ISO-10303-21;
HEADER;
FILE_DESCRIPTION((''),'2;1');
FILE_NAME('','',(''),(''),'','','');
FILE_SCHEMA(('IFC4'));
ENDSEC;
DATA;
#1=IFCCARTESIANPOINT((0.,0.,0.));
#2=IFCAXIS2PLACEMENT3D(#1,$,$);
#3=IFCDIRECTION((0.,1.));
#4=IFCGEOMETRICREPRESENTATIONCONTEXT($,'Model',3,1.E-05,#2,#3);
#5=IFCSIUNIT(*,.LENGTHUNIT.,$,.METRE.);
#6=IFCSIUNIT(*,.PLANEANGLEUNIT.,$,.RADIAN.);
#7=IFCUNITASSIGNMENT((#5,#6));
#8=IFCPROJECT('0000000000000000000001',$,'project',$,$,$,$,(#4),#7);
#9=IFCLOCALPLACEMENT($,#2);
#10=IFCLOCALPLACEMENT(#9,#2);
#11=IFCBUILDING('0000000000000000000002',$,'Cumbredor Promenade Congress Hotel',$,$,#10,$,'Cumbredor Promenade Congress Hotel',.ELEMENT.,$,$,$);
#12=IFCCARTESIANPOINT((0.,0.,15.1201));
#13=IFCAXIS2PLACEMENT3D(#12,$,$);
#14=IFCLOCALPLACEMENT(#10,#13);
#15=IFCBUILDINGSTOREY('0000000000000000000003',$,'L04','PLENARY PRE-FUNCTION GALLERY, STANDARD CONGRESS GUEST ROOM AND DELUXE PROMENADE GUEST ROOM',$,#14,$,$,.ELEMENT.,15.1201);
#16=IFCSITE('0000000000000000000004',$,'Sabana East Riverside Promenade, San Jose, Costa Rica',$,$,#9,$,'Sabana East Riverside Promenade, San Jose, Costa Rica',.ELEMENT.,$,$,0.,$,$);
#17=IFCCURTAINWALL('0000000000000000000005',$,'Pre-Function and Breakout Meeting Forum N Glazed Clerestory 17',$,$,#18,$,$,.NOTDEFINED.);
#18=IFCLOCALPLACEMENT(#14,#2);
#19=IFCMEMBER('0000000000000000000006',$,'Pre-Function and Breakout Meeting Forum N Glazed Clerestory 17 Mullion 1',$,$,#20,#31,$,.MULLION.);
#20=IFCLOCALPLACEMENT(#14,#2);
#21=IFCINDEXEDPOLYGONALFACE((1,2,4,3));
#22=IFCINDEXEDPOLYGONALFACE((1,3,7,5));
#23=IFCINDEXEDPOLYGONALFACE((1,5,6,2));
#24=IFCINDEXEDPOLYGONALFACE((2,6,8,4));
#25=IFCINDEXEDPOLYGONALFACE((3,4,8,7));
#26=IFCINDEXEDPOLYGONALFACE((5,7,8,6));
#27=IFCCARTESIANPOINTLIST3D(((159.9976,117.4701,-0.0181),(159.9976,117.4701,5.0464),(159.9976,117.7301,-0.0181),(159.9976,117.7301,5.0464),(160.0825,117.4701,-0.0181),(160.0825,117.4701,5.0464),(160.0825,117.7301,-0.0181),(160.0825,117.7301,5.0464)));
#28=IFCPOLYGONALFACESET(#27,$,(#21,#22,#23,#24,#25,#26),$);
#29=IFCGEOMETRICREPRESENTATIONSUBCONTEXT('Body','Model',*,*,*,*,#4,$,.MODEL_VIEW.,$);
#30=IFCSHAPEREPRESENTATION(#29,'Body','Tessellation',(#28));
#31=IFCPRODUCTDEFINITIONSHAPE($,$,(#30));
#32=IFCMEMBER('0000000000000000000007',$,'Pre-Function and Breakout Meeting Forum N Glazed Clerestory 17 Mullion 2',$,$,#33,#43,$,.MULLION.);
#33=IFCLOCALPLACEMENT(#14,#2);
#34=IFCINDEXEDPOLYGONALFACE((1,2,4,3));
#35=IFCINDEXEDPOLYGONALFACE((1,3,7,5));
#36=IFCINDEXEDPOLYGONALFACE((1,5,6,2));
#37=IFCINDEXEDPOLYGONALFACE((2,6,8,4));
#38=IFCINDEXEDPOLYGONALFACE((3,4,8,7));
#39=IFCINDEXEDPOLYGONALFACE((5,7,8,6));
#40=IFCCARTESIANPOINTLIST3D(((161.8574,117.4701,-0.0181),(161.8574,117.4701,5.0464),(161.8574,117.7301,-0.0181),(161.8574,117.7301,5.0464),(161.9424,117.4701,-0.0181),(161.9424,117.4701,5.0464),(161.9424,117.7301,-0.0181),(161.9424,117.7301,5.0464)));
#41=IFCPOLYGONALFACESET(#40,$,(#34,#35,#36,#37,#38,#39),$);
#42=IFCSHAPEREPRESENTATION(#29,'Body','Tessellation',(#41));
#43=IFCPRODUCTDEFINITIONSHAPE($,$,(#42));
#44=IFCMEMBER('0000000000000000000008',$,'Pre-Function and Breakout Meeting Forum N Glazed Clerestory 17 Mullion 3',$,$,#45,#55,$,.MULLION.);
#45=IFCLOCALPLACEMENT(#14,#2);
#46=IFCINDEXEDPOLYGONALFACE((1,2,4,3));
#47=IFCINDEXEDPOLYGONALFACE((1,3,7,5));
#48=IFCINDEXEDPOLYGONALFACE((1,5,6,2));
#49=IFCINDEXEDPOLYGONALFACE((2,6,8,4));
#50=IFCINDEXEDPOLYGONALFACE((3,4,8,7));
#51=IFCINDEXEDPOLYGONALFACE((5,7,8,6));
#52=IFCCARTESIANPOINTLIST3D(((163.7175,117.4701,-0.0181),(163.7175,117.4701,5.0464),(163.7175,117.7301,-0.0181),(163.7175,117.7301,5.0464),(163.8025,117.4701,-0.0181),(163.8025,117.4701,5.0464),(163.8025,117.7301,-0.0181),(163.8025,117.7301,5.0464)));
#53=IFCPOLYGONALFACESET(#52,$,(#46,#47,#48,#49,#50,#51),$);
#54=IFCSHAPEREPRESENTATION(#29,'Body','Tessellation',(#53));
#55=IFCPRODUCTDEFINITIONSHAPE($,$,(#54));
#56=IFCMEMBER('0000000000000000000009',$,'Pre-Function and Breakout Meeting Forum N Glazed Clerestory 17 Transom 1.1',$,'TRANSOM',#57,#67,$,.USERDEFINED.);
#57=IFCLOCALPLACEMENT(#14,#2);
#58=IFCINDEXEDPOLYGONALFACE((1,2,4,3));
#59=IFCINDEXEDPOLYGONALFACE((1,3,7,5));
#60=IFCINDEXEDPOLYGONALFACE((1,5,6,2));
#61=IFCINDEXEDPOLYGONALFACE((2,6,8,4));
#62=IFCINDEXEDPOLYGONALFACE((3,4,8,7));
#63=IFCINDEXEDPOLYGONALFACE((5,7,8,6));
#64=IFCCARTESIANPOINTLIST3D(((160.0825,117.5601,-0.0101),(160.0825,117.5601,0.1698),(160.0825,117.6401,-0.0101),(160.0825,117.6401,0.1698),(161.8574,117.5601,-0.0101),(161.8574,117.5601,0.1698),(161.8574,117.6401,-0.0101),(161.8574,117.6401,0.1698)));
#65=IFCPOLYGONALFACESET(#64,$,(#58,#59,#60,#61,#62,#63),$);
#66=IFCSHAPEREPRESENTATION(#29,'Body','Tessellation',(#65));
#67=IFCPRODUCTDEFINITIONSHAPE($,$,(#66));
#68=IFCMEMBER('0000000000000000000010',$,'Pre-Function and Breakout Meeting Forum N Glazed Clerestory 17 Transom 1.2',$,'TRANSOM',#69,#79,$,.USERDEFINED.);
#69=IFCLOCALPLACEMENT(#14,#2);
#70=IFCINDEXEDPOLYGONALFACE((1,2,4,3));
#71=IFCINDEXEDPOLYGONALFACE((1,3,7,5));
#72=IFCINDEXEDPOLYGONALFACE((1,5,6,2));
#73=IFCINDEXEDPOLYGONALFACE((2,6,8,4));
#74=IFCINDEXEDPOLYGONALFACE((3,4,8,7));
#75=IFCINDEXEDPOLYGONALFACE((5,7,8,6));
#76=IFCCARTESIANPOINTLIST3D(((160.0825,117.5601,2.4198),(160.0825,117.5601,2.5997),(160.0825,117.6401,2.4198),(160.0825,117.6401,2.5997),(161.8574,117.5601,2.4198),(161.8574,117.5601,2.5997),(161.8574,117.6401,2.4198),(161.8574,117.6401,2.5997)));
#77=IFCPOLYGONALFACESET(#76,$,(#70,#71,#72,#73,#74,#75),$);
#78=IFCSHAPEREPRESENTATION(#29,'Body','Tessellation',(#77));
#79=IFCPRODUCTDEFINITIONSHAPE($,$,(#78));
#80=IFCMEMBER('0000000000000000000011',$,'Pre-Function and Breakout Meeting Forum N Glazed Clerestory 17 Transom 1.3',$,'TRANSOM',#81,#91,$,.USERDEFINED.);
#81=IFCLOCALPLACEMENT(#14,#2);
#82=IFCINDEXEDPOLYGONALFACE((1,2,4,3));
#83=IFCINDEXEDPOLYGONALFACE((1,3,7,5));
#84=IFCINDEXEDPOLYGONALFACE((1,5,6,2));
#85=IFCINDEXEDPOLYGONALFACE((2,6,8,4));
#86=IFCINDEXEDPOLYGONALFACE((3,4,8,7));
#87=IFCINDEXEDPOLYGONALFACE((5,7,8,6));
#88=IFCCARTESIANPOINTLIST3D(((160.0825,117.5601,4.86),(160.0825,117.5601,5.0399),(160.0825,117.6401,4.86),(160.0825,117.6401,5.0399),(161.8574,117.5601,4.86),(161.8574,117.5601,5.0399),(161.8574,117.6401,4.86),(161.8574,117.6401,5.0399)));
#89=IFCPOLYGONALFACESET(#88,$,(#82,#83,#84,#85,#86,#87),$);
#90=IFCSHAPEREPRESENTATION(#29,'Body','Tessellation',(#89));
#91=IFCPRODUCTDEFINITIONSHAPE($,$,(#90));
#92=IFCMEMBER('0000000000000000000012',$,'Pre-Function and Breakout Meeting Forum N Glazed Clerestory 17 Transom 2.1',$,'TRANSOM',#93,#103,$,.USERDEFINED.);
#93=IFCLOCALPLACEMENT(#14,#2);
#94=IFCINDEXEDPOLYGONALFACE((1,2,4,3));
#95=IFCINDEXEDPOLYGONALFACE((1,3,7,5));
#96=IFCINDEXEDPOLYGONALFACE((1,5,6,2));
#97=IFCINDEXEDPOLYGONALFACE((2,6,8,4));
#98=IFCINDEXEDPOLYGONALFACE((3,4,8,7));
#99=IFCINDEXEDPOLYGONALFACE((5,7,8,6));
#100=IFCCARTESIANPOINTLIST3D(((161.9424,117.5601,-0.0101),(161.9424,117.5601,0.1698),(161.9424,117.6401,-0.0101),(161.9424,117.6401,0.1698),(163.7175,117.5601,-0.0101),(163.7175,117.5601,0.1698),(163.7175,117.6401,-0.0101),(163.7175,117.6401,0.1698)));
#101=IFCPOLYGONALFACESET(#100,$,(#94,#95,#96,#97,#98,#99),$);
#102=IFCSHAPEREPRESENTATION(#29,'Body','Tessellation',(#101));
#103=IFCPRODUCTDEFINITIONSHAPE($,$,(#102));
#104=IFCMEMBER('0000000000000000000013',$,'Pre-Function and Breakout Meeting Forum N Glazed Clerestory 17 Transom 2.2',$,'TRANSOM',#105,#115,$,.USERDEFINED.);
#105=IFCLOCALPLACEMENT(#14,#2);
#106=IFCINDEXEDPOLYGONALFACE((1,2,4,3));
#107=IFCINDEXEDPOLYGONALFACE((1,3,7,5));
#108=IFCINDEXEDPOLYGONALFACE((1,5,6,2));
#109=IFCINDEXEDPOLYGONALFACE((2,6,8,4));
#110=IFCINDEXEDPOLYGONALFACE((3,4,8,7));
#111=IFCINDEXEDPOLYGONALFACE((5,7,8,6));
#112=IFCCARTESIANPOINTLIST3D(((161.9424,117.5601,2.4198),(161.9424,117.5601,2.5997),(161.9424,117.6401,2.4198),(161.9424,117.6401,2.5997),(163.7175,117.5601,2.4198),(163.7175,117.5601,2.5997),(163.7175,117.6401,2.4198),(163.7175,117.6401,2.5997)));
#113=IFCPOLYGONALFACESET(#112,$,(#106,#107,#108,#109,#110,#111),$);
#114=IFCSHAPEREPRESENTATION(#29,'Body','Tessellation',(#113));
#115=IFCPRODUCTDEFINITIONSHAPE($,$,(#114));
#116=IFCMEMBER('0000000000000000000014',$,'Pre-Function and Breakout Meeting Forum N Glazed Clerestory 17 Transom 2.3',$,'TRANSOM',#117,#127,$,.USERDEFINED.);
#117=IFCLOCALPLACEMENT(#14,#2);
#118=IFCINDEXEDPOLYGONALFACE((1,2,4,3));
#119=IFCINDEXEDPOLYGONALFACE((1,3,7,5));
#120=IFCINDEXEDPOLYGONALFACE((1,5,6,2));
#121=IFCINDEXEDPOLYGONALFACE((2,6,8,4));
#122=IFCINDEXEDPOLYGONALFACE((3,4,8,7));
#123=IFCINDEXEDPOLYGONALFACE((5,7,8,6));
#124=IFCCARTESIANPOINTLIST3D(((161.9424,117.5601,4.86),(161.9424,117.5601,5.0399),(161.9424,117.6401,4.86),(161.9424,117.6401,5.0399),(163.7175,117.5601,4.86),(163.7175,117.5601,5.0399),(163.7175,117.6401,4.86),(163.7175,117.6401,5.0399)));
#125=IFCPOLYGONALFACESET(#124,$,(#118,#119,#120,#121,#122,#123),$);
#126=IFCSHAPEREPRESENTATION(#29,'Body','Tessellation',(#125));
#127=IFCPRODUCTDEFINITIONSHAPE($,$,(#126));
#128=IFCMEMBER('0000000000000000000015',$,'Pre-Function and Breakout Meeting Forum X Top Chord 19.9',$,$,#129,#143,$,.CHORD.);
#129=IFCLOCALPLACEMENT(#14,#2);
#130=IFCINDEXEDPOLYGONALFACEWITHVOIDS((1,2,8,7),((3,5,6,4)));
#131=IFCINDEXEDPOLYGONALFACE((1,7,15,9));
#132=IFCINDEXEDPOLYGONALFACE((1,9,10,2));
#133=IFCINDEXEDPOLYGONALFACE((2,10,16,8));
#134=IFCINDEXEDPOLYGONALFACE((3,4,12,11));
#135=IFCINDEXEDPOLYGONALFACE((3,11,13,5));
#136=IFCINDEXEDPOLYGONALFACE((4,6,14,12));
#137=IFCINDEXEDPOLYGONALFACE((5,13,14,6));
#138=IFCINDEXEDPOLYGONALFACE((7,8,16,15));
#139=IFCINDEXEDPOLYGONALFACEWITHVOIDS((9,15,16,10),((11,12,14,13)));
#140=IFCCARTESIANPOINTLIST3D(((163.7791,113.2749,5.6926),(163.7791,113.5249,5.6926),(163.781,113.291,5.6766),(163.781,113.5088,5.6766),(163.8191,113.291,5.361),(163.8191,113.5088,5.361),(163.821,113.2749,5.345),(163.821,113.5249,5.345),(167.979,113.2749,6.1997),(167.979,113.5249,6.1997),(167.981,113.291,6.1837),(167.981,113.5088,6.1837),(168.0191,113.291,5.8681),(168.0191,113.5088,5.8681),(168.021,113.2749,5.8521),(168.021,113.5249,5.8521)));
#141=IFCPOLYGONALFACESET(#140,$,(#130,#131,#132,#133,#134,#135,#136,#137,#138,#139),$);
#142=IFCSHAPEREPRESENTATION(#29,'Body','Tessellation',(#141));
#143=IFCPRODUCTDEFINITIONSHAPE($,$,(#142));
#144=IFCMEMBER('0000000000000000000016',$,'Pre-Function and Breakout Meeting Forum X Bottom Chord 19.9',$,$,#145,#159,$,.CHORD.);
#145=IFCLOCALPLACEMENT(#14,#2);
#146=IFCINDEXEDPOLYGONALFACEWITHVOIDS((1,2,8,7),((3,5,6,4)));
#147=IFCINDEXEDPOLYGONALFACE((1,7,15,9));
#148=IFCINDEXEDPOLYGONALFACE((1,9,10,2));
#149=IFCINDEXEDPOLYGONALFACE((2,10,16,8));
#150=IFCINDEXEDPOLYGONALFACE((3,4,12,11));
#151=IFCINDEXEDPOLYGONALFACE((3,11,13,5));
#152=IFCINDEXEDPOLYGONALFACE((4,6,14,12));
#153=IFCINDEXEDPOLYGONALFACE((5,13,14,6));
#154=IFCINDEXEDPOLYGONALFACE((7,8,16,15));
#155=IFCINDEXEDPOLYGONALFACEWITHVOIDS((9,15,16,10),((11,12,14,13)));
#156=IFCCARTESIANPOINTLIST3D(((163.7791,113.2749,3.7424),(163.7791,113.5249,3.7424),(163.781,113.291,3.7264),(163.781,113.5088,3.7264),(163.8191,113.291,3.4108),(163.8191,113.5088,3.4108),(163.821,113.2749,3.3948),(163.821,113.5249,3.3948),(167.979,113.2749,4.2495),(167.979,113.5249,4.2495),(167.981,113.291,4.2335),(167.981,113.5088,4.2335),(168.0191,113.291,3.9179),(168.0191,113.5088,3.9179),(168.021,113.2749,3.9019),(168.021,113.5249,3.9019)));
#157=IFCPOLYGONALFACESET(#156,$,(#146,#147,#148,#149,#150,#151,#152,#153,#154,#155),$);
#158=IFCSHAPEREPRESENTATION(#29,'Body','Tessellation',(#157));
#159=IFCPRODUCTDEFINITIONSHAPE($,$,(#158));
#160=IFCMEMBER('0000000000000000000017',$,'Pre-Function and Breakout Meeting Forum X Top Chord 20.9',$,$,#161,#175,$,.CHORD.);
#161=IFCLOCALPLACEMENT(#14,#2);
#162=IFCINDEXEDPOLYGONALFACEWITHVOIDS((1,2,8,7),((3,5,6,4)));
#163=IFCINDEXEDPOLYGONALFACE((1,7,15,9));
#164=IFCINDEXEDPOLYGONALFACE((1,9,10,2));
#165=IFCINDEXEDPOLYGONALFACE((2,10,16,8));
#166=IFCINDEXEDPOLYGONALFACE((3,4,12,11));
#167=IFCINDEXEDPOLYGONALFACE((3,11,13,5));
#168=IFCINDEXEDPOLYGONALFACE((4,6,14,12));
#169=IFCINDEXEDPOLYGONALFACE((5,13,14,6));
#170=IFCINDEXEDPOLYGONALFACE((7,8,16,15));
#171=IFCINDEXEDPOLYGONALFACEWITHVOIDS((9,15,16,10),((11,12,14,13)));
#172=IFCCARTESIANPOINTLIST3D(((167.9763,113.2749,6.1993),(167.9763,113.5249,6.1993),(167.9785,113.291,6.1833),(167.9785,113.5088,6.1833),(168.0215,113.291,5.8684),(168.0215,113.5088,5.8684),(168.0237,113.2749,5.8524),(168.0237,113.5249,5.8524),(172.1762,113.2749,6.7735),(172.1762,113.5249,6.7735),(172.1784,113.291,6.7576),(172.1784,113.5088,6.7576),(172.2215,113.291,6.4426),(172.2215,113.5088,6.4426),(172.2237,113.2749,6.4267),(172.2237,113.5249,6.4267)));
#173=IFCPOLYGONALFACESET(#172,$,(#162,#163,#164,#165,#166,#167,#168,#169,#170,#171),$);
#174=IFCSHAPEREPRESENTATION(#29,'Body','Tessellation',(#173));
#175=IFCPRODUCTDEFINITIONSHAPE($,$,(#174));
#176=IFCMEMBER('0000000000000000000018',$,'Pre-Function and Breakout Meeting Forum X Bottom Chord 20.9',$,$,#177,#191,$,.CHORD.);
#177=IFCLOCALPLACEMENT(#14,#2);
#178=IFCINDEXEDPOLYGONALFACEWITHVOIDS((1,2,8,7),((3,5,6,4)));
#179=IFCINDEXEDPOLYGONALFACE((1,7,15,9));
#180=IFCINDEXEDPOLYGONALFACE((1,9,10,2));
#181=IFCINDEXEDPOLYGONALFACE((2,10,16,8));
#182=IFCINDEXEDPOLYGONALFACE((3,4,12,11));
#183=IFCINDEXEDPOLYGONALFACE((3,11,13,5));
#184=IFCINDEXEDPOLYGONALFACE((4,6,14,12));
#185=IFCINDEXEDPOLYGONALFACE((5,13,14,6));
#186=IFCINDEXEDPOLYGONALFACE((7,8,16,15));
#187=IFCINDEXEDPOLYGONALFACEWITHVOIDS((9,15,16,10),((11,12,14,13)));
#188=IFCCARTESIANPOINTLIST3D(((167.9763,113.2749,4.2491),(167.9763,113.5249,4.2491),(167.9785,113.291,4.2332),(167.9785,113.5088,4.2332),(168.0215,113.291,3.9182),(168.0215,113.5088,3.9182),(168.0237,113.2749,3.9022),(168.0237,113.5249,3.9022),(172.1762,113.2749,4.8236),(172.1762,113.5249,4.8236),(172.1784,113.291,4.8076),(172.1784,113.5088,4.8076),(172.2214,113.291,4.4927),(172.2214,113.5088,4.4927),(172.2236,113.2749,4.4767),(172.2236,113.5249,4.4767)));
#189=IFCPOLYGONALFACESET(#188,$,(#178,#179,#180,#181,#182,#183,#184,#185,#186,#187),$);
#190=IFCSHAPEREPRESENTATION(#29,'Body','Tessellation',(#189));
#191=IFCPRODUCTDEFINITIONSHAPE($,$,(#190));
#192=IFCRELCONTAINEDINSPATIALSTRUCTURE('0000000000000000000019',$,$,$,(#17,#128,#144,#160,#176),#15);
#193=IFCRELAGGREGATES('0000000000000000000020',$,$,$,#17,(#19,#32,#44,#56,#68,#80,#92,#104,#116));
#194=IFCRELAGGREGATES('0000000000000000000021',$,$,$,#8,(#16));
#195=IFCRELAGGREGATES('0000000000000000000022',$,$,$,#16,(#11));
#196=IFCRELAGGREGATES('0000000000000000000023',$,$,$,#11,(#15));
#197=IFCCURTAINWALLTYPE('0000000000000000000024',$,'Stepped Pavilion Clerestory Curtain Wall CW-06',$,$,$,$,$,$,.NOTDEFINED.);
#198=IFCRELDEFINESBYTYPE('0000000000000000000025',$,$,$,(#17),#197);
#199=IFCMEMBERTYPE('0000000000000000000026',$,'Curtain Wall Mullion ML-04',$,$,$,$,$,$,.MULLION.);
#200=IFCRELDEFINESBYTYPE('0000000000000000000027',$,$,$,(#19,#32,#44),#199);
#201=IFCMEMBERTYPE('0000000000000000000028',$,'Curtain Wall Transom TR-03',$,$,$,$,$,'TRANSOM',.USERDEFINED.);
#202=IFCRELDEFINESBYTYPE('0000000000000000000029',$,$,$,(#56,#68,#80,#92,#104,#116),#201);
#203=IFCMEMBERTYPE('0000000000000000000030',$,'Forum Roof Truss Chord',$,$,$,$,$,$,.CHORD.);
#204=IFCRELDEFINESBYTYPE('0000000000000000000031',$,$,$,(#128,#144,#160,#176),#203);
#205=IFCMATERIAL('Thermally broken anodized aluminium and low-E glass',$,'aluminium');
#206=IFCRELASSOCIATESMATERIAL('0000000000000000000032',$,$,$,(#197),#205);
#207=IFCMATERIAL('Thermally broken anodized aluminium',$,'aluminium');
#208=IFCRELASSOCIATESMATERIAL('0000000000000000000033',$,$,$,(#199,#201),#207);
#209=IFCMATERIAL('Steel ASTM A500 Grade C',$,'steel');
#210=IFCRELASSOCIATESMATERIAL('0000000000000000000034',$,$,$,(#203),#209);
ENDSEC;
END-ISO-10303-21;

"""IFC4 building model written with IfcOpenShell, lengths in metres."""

from ifc_helpers import new_model, si_unit, direction, frame, origin, origin_2d, place, context, subcontext, project, spatial, rectangle, hollow_rectangle, extrude, material, material_profile, profile_set, type_object, element, aggregate, save


model = new_model("IFC4")

# Units and contexts
model_context = context("Model", 3, precision=1e-05, world=origin(), true_north=direction((0.0, 1.0)))
body_context = subcontext(model_context, "Body", "Model", "MODEL_VIEW")
ifc_project = project(units=[si_unit("LENGTHUNIT", "METRE"), si_unit("PLANEANGLEUNIT", "RADIAN")], contexts=[model_context])

# Site, building, storey
site_placement = place(None, origin())
site = spatial("IfcSite", under=ifc_project, at=site_placement, Name="Sabana East Riverside Promenade, San Jose, Costa Rica", LongName="Sabana East Riverside Promenade, San Jose, Costa Rica", CompositionType="ELEMENT", RefElevation=0.0)
building_placement = place(site_placement, origin())
building = spatial("IfcBuilding", under=site, at=building_placement, Name="Cumbredor Promenade Congress Hotel", LongName="Cumbredor Promenade Congress Hotel", CompositionType="ELEMENT")
storey_placement = place(building_placement, frame((0.0, 0.0, 15.1201)))
storey = spatial("IfcBuildingStorey", under=building, at=storey_placement, Name="L04", Description="PLENARY PRE-FUNCTION GALLERY, STANDARD CONGRESS GUEST ROOM AND DELUXE PROMENADE GUEST ROOM", CompositionType="ELEMENT", Elevation=15.1201)

# Curtain wall, members
ifc_material_1 = material(Name="Thermally broken anodized aluminium and low-E glass", Category="aluminium")
curtain_wall_type = type_object("IfcCurtainWallType", Name="Stepped Pavilion Clerestory Curtain Wall CW-06", PredefinedType="NOTDEFINED", material=ifc_material_1)
curtain_wall_placement = place(storey_placement, origin())
curtain_wall = element("IfcCurtainWall", 1, at=curtain_wall_placement, inside=storey, type_object=curtain_wall_type, Name="Pre-Function and Breakout Meeting Forum N Glazed Clerestory 17", PredefinedType="NOTDEFINED")
ifc_material_2 = material(Name="Thermally broken anodized aluminium", Category="aluminium")
ifc_material_profile_1 = material_profile(ifc_material_2, rectangle(XDim=0.085, YDim=0.26, at=origin_2d()), Name="ALU MULLION CLERESTORY 85x260")
ifc_profile_set_1 = profile_set([ifc_material_profile_1], Name="Thermally broken anodized aluminium")
member_type_1 = type_object("IfcMemberType", Name="Curtain Wall Mullion ML-04", PredefinedType="MULLION", material=ifc_profile_set_1)
member_1_placement = place(storey_placement, frame((160.04, 117.6001, -0.0181), z_axis=(0.0, 0.0, 1.0), x_axis=(1.0, 0.0, 0.0)))
member_1 = element("IfcMember", 2, at=member_1_placement, type_object=member_type_1, Name="Pre-Function and Breakout Meeting Forum N Glazed Clerestory 17 Mullion 1", PredefinedType="MULLION", context=body_context, shape_type="SweptSolid", body=[
    extrude(rectangle(XDim=0.085, YDim=0.26, at=origin_2d()), origin(), (0.0, 0.0, 1.0), 5.0645),
])
member_2_placement = place(storey_placement, frame((161.8999, 117.6001, -0.0181), z_axis=(0.0, 0.0, 1.0), x_axis=(1.0, 0.0, 0.0)))
member_2 = element("IfcMember", 3, at=member_2_placement, type_object=member_type_1, Name="Pre-Function and Breakout Meeting Forum N Glazed Clerestory 17 Mullion 2", PredefinedType="MULLION", context=body_context, shape_type="SweptSolid", body=[
    extrude(rectangle(XDim=0.085, YDim=0.26, at=origin_2d()), origin(), (0.0, 0.0, 1.0), 5.0645),
])
member_3_placement = place(storey_placement, frame((163.76, 117.6001, -0.0181), z_axis=(0.0, 0.0, 1.0), x_axis=(1.0, 0.0, 0.0)))
member_3 = element("IfcMember", 4, at=member_3_placement, type_object=member_type_1, Name="Pre-Function and Breakout Meeting Forum N Glazed Clerestory 17 Mullion 3", PredefinedType="MULLION", context=body_context, shape_type="SweptSolid", body=[
    extrude(rectangle(XDim=0.085, YDim=0.26, at=origin_2d()), origin(), (0.0, 0.0, 1.0), 5.0645),
])
ifc_material_profile_2 = material_profile(ifc_material_2, rectangle(XDim=0.0801, YDim=0.1799, at=origin_2d()), Name="ALU TRANSOM 80x180")
ifc_profile_set_2 = profile_set([ifc_material_profile_2], Name="Thermally broken anodized aluminium")
member_type_2 = type_object("IfcMemberType", Name="Curtain Wall Transom TR-03", ElementType="TRANSOM", PredefinedType="USERDEFINED", material=ifc_profile_set_2)
member_4_placement = place(storey_placement, frame((160.0825, 117.6001, 0.0798), z_axis=(1.0, 0.0, 0.0), x_axis=(0.0, 1.0, 0.0)))
member_4 = element("IfcMember", 5, at=member_4_placement, type_object=member_type_2, Name="Pre-Function and Breakout Meeting Forum N Glazed Clerestory 17 Transom 1.1", ObjectType="TRANSOM", PredefinedType="USERDEFINED", context=body_context, shape_type="SweptSolid", body=[
    extrude(rectangle(XDim=0.0801, YDim=0.1799, at=origin_2d()), origin(), (0.0, 0.0, 1.0), 1.7749),
])
member_5_placement = place(storey_placement, frame((160.0825, 117.6001, 2.5098), z_axis=(1.0, 0.0, 0.0), x_axis=(0.0, 1.0, 0.0)))
member_5 = element("IfcMember", 6, at=member_5_placement, type_object=member_type_2, Name="Pre-Function and Breakout Meeting Forum N Glazed Clerestory 17 Transom 1.2", ObjectType="TRANSOM", PredefinedType="USERDEFINED", context=body_context, shape_type="SweptSolid", body=[
    extrude(rectangle(XDim=0.0801, YDim=0.1799, at=origin_2d()), origin(), (0.0, 0.0, 1.0), 1.7749),
])
member_6_placement = place(storey_placement, frame((160.0825, 117.6001, 4.95), z_axis=(1.0, 0.0, 0.0), x_axis=(0.0, 1.0, 0.0)))
member_6 = element("IfcMember", 7, at=member_6_placement, type_object=member_type_2, Name="Pre-Function and Breakout Meeting Forum N Glazed Clerestory 17 Transom 1.3", ObjectType="TRANSOM", PredefinedType="USERDEFINED", context=body_context, shape_type="SweptSolid", body=[
    extrude(rectangle(XDim=0.0801, YDim=0.1799, at=origin_2d()), origin(), (0.0, 0.0, 1.0), 1.7749),
])
member_7_placement = place(storey_placement, frame((161.9424, 117.6001, 0.0798), z_axis=(1.0, 0.0, 0.0), x_axis=(0.0, 1.0, 0.0)))
member_7 = element("IfcMember", 8, at=member_7_placement, type_object=member_type_2, Name="Pre-Function and Breakout Meeting Forum N Glazed Clerestory 17 Transom 2.1", ObjectType="TRANSOM", PredefinedType="USERDEFINED", context=body_context, shape_type="SweptSolid", body=[
    extrude(rectangle(XDim=0.0801, YDim=0.1799, at=origin_2d()), origin(), (0.0, 0.0, 1.0), 1.7751),
])
member_8_placement = place(storey_placement, frame((161.9424, 117.6001, 2.5098), z_axis=(1.0, 0.0, 0.0), x_axis=(0.0, 1.0, 0.0)))
member_8 = element("IfcMember", 9, at=member_8_placement, type_object=member_type_2, Name="Pre-Function and Breakout Meeting Forum N Glazed Clerestory 17 Transom 2.2", ObjectType="TRANSOM", PredefinedType="USERDEFINED", context=body_context, shape_type="SweptSolid", body=[
    extrude(rectangle(XDim=0.0801, YDim=0.1799, at=origin_2d()), origin(), (0.0, 0.0, 1.0), 1.7751),
])
member_9_placement = place(storey_placement, frame((161.9424, 117.6001, 4.95), z_axis=(1.0, 0.0, 0.0), x_axis=(0.0, 1.0, 0.0)))
member_9 = element("IfcMember", 10, at=member_9_placement, type_object=member_type_2, Name="Pre-Function and Breakout Meeting Forum N Glazed Clerestory 17 Transom 2.3", ObjectType="TRANSOM", PredefinedType="USERDEFINED", context=body_context, shape_type="SweptSolid", body=[
    extrude(rectangle(XDim=0.0801, YDim=0.1799, at=origin_2d()), origin(), (0.0, 0.0, 1.0), 1.7751),
])

# Members
ifc_material_3 = material(Name="Steel ASTM A500 Grade C", Category="steel")
ifc_material_profile_3 = material_profile(ifc_material_3, hollow_rectangle(XDim=0.25, YDim=0.3501, WallThickness=0.0161, at=origin_2d()), Name="HSS 350x250x16")
ifc_profile_set_3 = profile_set([ifc_material_profile_3], Name="Steel ASTM A500 Grade C")
member_type_3 = type_object("IfcMemberType", Name="Forum Roof Truss Chord", PredefinedType="CHORD", material=ifc_profile_set_3)
for number, where, z_axis, x_axis, name in (
    (11, (163.8, 113.3999, 5.5188), (0.99279, 0.0, 0.119864), (0.0, 1.0, 0.0), "Pre-Function and Breakout Meeting Forum X Top Chord 19.9"),
    (12, (163.8, 113.3999, 3.5686), (0.99279, 0.0, 0.119864), (0.0, 1.0, 0.0), "Pre-Function and Breakout Meeting Forum X Bottom Chord 19.9"),
):
    element("IfcMember", number, at=place(storey_placement, frame(where, z_axis=z_axis, x_axis=x_axis)), inside=storey, type_object=member_type_3, Name=name, PredefinedType="CHORD", context=body_context, shape_type="SweptSolid", body=[
        extrude(hollow_rectangle(XDim=0.25, YDim=0.3501, WallThickness=0.0161, at=origin_2d()), origin(), (0.0, 0.0, 1.0), 4.2305),
    ])
for number, where, z_axis, x_axis, name in (
    (13, (168.0, 113.3999, 6.0259), (0.990783, 0.0, 0.13546), (0.0, 1.0, 0.0), "Pre-Function and Breakout Meeting Forum X Top Chord 20.9"),
    (14, (168.0, 113.3999, 4.0757), (0.990775, 0.0, 0.135517), (0.0, 1.0, 0.0), "Pre-Function and Breakout Meeting Forum X Bottom Chord 20.9"),
):
    element("IfcMember", number, at=place(storey_placement, frame(where, z_axis=z_axis, x_axis=x_axis)), inside=storey, type_object=member_type_3, Name=name, PredefinedType="CHORD", context=body_context, shape_type="SweptSolid", body=[
        extrude(hollow_rectangle(XDim=0.25, YDim=0.3501, WallThickness=0.0161, at=origin_2d()), origin(), (0.0, 0.0, 1.0), 4.239),
    ])

aggregate(curtain_wall, [member_1, member_2, member_3, member_4, member_5, member_6, member_7, member_8, member_9])

save(model, "model.ifc")
